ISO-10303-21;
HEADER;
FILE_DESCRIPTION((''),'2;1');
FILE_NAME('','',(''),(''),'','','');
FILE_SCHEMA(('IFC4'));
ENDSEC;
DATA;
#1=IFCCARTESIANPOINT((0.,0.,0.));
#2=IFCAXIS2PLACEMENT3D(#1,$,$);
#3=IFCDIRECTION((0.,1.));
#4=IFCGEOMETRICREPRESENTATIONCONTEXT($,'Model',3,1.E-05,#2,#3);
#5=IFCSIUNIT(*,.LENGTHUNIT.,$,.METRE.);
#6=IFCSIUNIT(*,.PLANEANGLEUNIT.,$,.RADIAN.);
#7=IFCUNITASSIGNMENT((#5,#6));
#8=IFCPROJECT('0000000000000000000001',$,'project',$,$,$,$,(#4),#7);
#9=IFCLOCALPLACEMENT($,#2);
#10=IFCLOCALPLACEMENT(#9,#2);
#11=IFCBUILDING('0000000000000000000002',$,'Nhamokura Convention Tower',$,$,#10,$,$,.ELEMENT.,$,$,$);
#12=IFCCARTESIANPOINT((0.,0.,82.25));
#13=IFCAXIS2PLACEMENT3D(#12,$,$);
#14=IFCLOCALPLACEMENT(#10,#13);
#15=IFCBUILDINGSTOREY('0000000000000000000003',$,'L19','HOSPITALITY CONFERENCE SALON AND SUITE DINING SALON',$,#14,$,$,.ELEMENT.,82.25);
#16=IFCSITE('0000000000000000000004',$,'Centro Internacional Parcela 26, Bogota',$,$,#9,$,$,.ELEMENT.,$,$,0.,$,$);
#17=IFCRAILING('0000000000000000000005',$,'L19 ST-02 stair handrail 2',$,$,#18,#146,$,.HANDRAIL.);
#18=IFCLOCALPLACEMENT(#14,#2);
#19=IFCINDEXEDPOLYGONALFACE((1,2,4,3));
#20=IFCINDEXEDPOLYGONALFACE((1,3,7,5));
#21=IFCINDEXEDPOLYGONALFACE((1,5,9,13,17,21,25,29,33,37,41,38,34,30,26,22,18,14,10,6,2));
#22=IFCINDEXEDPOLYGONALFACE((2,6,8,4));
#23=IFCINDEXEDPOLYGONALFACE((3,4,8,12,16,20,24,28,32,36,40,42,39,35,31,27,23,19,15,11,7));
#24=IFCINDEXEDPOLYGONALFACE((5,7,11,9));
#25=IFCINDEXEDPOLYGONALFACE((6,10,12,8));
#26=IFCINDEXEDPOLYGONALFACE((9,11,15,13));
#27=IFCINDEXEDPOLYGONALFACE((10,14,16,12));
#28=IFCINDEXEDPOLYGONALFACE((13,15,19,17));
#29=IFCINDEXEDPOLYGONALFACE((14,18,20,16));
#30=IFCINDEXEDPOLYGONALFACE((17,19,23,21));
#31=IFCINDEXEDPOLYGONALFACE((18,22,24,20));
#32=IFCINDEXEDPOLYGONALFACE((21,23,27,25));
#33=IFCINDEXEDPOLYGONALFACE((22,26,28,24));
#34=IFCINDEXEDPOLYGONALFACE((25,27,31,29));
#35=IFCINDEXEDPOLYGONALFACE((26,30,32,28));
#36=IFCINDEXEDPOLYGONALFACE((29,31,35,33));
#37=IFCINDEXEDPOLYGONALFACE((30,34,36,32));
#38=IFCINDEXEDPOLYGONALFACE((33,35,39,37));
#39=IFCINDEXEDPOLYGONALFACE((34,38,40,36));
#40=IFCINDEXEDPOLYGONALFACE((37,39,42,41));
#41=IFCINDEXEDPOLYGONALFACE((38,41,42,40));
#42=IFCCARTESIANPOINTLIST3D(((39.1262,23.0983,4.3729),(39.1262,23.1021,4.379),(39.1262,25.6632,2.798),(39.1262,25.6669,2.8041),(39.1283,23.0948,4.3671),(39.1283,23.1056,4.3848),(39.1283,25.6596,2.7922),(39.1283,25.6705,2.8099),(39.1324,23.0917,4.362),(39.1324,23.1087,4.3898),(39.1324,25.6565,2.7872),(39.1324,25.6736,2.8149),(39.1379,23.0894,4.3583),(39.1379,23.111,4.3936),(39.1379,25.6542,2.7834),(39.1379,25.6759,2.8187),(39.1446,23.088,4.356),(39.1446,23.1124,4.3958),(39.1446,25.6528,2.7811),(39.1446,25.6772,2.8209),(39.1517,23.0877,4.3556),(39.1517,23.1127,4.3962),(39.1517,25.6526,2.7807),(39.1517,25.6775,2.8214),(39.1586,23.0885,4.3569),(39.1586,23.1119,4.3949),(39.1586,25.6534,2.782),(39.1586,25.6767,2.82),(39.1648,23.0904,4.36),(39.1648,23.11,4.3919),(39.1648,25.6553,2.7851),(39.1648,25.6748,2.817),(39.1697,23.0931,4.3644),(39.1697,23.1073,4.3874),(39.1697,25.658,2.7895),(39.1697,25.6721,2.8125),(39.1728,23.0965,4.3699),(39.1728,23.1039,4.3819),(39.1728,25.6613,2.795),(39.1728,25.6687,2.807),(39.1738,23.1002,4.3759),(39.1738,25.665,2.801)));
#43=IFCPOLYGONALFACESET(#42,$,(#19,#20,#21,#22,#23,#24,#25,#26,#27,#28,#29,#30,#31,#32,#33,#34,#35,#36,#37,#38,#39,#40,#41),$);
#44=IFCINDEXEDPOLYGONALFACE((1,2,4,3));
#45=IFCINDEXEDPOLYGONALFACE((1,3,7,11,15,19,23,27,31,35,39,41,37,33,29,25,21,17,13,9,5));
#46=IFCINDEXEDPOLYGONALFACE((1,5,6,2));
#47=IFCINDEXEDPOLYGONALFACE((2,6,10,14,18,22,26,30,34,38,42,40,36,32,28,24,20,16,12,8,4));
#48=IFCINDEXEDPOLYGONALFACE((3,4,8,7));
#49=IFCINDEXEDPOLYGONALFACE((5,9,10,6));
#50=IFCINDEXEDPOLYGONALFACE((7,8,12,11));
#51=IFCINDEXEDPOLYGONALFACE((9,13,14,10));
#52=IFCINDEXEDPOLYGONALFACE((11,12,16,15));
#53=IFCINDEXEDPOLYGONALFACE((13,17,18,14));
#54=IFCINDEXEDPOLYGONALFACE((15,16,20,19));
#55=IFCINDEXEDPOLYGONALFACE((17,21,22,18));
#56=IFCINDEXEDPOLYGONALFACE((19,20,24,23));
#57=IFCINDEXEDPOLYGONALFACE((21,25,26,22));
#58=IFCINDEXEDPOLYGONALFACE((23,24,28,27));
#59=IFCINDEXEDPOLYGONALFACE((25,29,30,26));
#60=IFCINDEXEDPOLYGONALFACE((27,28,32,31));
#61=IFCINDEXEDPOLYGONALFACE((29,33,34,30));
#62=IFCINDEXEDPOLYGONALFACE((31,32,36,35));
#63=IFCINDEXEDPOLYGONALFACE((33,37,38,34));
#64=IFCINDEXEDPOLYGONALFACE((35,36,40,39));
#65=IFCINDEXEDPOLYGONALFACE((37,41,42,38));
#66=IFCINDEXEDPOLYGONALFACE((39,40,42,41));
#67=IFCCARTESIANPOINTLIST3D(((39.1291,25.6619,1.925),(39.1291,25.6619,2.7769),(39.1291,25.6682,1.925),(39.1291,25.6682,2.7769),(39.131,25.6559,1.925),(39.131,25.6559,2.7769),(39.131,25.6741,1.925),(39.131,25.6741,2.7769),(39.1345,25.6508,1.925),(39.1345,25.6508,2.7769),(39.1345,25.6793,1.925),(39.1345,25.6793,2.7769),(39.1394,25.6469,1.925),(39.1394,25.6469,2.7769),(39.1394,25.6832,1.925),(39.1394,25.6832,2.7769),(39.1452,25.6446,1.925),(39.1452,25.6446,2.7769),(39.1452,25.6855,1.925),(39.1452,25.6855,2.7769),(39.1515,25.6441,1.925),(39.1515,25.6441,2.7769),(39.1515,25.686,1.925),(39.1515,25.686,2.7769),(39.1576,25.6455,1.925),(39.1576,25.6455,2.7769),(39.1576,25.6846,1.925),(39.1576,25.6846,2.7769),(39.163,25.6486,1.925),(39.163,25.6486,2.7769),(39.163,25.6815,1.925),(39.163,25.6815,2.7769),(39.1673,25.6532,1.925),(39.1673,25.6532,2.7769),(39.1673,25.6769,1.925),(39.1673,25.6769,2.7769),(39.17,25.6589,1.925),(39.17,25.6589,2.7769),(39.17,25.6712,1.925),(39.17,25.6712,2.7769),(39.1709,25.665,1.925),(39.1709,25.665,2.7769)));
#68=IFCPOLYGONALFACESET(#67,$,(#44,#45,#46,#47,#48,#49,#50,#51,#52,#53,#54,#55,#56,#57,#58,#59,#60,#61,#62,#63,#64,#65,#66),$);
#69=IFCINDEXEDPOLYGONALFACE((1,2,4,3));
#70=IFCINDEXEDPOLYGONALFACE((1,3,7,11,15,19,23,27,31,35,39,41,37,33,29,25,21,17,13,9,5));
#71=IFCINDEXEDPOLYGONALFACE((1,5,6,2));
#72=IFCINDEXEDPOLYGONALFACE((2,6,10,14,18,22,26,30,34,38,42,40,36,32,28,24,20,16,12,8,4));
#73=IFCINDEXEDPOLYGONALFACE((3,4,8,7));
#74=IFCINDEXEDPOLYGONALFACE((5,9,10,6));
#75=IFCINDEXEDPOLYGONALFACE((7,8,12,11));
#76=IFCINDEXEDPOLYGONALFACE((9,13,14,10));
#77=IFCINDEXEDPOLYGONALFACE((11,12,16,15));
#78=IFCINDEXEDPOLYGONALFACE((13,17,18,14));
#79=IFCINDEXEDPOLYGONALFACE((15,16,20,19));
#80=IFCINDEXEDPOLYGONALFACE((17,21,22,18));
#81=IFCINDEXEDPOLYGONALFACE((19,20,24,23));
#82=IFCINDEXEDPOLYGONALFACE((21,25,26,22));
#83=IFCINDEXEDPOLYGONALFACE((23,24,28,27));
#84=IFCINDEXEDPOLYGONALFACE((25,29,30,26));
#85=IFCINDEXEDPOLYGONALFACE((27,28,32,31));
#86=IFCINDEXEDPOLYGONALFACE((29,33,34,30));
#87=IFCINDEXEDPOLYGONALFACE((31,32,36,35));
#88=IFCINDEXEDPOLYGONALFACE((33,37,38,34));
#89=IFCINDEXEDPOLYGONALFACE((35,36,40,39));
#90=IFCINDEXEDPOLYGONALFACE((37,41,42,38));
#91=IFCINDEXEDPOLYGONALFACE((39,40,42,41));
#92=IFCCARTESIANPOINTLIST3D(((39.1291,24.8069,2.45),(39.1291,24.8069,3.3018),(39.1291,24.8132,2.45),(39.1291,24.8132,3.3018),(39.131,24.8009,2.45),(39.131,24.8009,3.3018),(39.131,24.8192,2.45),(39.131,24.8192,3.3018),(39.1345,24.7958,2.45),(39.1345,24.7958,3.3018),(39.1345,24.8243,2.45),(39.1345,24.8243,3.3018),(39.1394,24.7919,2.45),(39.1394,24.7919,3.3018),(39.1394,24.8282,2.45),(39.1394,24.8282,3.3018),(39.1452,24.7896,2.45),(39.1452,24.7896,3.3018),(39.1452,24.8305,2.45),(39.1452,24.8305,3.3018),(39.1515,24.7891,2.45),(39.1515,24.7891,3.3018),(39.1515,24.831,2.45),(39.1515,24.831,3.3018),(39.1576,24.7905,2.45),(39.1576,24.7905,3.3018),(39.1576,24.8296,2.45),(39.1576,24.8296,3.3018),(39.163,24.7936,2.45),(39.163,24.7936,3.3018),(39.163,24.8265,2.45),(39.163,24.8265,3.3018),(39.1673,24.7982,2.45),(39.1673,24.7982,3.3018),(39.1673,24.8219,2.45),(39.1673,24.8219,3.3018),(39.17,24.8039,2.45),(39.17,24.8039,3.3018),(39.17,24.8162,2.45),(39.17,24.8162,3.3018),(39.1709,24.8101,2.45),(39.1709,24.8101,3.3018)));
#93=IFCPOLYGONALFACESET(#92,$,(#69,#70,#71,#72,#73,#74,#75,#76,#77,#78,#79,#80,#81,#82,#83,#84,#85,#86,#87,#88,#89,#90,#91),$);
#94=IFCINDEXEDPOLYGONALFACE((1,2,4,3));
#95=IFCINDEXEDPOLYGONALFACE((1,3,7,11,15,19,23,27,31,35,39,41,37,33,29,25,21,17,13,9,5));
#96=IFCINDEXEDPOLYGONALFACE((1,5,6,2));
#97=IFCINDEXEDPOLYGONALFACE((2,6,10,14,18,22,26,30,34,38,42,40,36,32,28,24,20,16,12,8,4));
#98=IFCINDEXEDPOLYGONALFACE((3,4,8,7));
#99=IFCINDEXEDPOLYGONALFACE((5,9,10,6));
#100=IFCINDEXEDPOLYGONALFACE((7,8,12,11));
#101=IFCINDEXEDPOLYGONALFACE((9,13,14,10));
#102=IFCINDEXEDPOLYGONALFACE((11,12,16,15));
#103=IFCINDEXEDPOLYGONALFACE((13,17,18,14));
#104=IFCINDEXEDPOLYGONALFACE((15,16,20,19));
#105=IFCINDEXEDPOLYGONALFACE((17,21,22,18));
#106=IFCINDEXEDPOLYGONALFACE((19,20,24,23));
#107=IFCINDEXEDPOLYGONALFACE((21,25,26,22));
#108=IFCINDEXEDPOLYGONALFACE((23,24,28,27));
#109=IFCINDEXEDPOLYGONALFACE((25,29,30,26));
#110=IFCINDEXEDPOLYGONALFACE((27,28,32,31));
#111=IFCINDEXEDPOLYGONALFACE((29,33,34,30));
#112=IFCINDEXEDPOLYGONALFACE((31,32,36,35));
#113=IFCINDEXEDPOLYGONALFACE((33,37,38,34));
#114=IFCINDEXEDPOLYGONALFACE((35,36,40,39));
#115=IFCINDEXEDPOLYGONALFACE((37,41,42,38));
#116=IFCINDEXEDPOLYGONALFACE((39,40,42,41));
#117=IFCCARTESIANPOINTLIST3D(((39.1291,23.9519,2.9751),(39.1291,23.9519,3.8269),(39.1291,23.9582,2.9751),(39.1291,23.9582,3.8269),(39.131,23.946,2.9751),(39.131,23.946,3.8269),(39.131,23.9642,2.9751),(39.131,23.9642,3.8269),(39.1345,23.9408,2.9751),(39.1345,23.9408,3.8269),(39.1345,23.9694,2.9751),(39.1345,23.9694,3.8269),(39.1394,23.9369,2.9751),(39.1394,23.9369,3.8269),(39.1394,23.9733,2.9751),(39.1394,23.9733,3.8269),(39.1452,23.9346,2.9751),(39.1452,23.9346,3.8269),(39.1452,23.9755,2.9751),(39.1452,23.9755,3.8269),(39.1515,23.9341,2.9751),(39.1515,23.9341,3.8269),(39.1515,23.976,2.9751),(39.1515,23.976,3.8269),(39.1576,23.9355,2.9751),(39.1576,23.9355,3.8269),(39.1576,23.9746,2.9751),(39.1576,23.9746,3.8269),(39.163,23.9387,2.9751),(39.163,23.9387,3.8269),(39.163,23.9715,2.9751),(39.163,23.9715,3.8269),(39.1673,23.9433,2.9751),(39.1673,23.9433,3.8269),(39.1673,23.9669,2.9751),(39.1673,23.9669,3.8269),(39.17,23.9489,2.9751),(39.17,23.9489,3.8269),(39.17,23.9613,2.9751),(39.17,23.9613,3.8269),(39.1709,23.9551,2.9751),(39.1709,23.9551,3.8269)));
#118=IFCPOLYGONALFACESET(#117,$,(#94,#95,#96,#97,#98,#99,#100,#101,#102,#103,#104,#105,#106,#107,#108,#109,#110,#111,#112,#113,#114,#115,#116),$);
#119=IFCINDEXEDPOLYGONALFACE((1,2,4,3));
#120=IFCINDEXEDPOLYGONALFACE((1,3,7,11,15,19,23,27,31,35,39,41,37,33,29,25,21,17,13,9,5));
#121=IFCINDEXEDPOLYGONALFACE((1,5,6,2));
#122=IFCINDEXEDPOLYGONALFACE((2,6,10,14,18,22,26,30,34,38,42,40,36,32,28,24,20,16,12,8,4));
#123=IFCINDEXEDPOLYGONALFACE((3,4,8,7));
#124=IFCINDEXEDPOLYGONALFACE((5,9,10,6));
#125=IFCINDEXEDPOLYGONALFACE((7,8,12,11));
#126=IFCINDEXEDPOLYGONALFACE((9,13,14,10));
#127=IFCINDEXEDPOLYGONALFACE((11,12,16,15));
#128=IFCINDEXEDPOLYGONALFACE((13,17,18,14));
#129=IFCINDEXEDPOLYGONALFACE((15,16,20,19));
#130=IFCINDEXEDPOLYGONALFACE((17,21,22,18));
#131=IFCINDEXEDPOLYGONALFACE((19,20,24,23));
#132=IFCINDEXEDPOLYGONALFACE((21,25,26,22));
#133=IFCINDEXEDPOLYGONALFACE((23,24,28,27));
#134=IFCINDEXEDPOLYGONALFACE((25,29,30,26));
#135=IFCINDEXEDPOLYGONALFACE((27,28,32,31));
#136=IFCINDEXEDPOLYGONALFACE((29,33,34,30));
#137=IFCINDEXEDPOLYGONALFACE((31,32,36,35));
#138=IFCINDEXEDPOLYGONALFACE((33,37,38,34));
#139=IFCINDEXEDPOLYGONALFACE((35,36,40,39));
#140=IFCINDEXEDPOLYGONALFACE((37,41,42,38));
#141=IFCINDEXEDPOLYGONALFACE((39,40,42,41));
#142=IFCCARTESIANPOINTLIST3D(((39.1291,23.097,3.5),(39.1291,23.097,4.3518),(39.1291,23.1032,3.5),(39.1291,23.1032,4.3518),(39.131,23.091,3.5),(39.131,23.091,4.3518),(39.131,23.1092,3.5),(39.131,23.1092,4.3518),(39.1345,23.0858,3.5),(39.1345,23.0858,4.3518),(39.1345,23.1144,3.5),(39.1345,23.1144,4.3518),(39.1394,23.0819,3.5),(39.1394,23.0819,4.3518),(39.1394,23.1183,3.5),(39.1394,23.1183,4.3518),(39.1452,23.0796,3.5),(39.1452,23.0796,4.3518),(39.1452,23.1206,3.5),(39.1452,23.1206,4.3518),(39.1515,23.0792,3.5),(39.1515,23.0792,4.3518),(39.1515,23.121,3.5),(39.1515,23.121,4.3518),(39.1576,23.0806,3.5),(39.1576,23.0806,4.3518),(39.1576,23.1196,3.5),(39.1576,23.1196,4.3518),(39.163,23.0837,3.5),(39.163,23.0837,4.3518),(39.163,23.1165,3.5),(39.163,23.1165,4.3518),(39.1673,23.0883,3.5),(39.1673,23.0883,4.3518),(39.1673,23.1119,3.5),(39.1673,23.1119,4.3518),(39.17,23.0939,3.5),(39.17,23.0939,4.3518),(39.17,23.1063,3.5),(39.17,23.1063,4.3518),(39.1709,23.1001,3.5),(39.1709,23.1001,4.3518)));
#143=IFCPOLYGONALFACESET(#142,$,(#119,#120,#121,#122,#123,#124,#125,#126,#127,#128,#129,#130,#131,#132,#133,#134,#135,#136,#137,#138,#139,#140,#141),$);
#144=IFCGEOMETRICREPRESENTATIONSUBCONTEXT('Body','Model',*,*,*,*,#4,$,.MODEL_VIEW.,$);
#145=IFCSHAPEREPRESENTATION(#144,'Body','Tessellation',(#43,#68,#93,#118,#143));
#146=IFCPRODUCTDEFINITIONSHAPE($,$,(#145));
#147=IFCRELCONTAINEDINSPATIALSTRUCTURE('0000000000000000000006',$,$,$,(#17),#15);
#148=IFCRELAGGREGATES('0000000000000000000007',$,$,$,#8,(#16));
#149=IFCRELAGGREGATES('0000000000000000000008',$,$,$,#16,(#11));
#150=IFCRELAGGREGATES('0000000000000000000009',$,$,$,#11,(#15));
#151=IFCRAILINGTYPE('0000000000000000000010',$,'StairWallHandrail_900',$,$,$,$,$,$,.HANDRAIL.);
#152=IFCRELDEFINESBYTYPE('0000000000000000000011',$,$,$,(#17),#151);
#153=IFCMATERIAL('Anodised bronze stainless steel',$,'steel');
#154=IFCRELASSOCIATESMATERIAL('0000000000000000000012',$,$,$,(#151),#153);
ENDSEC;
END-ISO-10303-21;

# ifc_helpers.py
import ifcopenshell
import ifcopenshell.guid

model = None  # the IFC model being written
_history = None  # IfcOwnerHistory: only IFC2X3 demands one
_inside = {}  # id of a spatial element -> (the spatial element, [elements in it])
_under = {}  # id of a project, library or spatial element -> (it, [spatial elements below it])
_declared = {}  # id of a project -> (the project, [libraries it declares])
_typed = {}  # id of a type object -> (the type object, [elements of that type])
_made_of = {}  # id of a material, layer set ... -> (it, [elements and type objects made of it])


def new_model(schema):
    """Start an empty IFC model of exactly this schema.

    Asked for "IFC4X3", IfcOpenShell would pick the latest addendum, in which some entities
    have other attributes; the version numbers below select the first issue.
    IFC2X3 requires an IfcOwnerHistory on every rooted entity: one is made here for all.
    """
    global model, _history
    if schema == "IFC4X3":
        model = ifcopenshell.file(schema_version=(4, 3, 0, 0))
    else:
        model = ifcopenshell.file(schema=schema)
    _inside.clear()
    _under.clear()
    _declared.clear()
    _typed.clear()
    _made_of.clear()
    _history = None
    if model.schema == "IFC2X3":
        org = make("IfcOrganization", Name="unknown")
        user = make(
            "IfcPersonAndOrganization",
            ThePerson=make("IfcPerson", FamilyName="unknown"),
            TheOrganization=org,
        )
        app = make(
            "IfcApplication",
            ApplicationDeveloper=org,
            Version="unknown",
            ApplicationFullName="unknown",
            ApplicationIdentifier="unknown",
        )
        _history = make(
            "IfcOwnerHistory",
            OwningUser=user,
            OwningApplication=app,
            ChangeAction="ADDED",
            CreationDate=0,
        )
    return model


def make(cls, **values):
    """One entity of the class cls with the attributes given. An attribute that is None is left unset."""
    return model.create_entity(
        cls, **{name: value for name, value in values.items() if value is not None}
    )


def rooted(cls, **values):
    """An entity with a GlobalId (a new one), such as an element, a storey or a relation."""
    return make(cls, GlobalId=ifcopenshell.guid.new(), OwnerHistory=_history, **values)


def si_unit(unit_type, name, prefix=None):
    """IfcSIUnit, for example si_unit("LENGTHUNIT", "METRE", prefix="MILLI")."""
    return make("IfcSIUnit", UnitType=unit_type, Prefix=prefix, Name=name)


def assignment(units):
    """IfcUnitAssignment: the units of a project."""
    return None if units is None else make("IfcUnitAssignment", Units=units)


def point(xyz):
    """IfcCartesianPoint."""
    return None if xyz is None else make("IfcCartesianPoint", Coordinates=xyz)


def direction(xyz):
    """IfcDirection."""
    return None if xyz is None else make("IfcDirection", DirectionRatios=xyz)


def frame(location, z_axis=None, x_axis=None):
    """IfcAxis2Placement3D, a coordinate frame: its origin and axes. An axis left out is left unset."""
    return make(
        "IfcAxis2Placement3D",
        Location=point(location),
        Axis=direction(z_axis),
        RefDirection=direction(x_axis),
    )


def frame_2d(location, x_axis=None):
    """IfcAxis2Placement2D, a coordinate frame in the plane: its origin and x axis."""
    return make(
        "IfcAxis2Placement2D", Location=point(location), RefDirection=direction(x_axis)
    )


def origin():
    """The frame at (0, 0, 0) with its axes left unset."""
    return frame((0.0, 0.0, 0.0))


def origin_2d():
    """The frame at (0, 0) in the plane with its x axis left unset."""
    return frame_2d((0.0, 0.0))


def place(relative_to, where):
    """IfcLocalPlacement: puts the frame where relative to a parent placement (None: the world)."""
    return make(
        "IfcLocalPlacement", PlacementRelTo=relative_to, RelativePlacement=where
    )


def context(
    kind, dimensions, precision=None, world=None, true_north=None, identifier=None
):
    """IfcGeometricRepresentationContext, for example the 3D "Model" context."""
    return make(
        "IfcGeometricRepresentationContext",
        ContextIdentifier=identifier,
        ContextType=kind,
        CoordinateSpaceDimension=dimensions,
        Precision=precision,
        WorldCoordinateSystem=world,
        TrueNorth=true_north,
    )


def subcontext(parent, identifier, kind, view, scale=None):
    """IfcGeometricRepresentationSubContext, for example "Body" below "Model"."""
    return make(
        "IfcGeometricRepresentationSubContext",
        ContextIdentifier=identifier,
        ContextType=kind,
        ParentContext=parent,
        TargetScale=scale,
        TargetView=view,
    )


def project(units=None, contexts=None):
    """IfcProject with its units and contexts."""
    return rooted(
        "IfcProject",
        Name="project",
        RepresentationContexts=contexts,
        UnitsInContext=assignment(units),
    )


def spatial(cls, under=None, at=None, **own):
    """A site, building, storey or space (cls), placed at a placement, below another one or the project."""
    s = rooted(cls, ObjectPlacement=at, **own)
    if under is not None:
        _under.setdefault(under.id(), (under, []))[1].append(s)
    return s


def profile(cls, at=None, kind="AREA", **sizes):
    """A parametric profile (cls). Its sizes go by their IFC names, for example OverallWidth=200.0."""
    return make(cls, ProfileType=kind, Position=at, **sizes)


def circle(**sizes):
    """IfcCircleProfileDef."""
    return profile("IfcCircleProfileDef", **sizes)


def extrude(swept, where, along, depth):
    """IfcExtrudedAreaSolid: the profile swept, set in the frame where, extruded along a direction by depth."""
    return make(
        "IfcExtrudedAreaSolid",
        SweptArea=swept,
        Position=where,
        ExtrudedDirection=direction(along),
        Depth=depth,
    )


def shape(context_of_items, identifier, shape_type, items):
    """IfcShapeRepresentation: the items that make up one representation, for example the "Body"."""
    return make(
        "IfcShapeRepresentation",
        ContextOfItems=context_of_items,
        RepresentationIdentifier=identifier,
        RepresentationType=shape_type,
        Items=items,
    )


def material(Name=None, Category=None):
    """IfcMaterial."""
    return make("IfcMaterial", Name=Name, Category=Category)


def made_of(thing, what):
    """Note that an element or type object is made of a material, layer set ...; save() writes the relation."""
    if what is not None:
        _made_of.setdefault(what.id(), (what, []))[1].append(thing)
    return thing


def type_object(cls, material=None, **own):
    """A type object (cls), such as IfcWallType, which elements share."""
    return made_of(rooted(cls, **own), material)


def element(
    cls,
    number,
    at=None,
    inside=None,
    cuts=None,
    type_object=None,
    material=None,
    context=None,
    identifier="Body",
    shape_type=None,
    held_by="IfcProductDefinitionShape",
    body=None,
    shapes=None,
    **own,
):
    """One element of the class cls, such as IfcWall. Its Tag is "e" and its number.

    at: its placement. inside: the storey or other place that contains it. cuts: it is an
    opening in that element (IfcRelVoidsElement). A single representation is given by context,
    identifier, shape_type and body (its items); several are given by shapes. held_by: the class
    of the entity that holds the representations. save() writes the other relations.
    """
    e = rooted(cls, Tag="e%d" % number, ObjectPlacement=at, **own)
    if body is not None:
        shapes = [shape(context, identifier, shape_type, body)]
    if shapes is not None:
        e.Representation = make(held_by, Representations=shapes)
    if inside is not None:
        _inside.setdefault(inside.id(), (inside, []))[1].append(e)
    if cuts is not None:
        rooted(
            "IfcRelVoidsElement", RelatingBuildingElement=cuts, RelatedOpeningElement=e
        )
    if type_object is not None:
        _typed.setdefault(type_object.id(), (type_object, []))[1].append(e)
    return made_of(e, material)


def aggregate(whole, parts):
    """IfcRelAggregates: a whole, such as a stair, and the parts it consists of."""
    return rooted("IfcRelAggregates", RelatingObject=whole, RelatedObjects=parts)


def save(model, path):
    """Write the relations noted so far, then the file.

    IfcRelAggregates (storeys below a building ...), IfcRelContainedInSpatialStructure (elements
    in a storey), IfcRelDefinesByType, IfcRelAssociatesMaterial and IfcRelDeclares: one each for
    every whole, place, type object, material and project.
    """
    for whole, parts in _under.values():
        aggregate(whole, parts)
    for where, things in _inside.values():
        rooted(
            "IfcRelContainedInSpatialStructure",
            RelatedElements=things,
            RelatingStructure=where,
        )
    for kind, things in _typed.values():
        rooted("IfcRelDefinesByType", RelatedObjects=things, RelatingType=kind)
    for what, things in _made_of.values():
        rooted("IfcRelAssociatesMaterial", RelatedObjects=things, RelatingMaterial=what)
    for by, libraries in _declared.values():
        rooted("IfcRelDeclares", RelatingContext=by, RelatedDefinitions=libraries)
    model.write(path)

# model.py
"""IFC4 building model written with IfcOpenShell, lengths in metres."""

from ifc_helpers import new_model, si_unit, direction, frame, origin, origin_2d, place, context, subcontext, project, spatial, circle, extrude, material, type_object, element, save


model = new_model("IFC4")

# Units and contexts
model_context = context("Model", 3, precision=1e-05, world=origin(), true_north=direction((0.0, 1.0)))
body_context = subcontext(model_context, "Body", "Model", "MODEL_VIEW")
ifc_project = project(units=[si_unit("LENGTHUNIT", "METRE"), si_unit("PLANEANGLEUNIT", "RADIAN")], contexts=[model_context])

# Site, building, storey
site_placement = place(None, origin())
site = spatial("IfcSite", under=ifc_project, at=site_placement, Name="Centro Internacional Parcela 26, Bogota", CompositionType="ELEMENT", RefElevation=0.0)
building_placement = place(site_placement, origin())
building = spatial("IfcBuilding", under=site, at=building_placement, Name="Nhamokura Convention Tower", CompositionType="ELEMENT")
storey_placement = place(building_placement, frame((0.0, 0.0, 82.25)))
storey = spatial("IfcBuildingStorey", under=building, at=storey_placement, Name="L19", Description="HOSPITALITY CONFERENCE SALON AND SUITE DINING SALON", CompositionType="ELEMENT", Elevation=82.25)

# Railing
ifc_material_1 = material(Name="Anodised bronze stainless steel", Category="steel")
railing_type_1 = type_object("IfcRailingType", Name="StairWallHandrail_900", PredefinedType="HANDRAIL", material=ifc_material_1)
railing_1_placement = place(storey_placement, frame((39.1499, 25.665, 1.925)))
element("IfcRailing", 1, at=railing_1_placement, inside=storey, type_object=railing_type_1, Name="L19 ST-02 stair handrail 2", PredefinedType="HANDRAIL", context=body_context, shape_type="SweptSolid", body=[
    extrude(circle(Radius=0.0239, at=origin_2d()), frame((0.0, 0.0, 0.876), z_axis=(0.0, -0.852173, 0.52326), x_axis=(1.0, 0.0, 0.0)), (0.0, 0.0, 1.0), 3.0098),
    extrude(circle(Radius=0.021, at=origin_2d()), origin(), (0.0, 0.0, 1.0), 0.8518),
    extrude(circle(Radius=0.021, at=origin_2d()), frame((0.0, -0.855, 0.5249)), (0.0, 0.0, 1.0), 0.8518),
    extrude(circle(Radius=0.021, at=origin_2d()), frame((0.0, -1.71, 1.05)), (0.0, 0.0, 1.0), 0.8518),
    extrude(circle(Radius=0.021, at=origin_2d()), frame((0.0, -2.5649, 1.575)), (0.0, 0.0, 1.0), 0.8518),
])

save(model, "model.ifc")
